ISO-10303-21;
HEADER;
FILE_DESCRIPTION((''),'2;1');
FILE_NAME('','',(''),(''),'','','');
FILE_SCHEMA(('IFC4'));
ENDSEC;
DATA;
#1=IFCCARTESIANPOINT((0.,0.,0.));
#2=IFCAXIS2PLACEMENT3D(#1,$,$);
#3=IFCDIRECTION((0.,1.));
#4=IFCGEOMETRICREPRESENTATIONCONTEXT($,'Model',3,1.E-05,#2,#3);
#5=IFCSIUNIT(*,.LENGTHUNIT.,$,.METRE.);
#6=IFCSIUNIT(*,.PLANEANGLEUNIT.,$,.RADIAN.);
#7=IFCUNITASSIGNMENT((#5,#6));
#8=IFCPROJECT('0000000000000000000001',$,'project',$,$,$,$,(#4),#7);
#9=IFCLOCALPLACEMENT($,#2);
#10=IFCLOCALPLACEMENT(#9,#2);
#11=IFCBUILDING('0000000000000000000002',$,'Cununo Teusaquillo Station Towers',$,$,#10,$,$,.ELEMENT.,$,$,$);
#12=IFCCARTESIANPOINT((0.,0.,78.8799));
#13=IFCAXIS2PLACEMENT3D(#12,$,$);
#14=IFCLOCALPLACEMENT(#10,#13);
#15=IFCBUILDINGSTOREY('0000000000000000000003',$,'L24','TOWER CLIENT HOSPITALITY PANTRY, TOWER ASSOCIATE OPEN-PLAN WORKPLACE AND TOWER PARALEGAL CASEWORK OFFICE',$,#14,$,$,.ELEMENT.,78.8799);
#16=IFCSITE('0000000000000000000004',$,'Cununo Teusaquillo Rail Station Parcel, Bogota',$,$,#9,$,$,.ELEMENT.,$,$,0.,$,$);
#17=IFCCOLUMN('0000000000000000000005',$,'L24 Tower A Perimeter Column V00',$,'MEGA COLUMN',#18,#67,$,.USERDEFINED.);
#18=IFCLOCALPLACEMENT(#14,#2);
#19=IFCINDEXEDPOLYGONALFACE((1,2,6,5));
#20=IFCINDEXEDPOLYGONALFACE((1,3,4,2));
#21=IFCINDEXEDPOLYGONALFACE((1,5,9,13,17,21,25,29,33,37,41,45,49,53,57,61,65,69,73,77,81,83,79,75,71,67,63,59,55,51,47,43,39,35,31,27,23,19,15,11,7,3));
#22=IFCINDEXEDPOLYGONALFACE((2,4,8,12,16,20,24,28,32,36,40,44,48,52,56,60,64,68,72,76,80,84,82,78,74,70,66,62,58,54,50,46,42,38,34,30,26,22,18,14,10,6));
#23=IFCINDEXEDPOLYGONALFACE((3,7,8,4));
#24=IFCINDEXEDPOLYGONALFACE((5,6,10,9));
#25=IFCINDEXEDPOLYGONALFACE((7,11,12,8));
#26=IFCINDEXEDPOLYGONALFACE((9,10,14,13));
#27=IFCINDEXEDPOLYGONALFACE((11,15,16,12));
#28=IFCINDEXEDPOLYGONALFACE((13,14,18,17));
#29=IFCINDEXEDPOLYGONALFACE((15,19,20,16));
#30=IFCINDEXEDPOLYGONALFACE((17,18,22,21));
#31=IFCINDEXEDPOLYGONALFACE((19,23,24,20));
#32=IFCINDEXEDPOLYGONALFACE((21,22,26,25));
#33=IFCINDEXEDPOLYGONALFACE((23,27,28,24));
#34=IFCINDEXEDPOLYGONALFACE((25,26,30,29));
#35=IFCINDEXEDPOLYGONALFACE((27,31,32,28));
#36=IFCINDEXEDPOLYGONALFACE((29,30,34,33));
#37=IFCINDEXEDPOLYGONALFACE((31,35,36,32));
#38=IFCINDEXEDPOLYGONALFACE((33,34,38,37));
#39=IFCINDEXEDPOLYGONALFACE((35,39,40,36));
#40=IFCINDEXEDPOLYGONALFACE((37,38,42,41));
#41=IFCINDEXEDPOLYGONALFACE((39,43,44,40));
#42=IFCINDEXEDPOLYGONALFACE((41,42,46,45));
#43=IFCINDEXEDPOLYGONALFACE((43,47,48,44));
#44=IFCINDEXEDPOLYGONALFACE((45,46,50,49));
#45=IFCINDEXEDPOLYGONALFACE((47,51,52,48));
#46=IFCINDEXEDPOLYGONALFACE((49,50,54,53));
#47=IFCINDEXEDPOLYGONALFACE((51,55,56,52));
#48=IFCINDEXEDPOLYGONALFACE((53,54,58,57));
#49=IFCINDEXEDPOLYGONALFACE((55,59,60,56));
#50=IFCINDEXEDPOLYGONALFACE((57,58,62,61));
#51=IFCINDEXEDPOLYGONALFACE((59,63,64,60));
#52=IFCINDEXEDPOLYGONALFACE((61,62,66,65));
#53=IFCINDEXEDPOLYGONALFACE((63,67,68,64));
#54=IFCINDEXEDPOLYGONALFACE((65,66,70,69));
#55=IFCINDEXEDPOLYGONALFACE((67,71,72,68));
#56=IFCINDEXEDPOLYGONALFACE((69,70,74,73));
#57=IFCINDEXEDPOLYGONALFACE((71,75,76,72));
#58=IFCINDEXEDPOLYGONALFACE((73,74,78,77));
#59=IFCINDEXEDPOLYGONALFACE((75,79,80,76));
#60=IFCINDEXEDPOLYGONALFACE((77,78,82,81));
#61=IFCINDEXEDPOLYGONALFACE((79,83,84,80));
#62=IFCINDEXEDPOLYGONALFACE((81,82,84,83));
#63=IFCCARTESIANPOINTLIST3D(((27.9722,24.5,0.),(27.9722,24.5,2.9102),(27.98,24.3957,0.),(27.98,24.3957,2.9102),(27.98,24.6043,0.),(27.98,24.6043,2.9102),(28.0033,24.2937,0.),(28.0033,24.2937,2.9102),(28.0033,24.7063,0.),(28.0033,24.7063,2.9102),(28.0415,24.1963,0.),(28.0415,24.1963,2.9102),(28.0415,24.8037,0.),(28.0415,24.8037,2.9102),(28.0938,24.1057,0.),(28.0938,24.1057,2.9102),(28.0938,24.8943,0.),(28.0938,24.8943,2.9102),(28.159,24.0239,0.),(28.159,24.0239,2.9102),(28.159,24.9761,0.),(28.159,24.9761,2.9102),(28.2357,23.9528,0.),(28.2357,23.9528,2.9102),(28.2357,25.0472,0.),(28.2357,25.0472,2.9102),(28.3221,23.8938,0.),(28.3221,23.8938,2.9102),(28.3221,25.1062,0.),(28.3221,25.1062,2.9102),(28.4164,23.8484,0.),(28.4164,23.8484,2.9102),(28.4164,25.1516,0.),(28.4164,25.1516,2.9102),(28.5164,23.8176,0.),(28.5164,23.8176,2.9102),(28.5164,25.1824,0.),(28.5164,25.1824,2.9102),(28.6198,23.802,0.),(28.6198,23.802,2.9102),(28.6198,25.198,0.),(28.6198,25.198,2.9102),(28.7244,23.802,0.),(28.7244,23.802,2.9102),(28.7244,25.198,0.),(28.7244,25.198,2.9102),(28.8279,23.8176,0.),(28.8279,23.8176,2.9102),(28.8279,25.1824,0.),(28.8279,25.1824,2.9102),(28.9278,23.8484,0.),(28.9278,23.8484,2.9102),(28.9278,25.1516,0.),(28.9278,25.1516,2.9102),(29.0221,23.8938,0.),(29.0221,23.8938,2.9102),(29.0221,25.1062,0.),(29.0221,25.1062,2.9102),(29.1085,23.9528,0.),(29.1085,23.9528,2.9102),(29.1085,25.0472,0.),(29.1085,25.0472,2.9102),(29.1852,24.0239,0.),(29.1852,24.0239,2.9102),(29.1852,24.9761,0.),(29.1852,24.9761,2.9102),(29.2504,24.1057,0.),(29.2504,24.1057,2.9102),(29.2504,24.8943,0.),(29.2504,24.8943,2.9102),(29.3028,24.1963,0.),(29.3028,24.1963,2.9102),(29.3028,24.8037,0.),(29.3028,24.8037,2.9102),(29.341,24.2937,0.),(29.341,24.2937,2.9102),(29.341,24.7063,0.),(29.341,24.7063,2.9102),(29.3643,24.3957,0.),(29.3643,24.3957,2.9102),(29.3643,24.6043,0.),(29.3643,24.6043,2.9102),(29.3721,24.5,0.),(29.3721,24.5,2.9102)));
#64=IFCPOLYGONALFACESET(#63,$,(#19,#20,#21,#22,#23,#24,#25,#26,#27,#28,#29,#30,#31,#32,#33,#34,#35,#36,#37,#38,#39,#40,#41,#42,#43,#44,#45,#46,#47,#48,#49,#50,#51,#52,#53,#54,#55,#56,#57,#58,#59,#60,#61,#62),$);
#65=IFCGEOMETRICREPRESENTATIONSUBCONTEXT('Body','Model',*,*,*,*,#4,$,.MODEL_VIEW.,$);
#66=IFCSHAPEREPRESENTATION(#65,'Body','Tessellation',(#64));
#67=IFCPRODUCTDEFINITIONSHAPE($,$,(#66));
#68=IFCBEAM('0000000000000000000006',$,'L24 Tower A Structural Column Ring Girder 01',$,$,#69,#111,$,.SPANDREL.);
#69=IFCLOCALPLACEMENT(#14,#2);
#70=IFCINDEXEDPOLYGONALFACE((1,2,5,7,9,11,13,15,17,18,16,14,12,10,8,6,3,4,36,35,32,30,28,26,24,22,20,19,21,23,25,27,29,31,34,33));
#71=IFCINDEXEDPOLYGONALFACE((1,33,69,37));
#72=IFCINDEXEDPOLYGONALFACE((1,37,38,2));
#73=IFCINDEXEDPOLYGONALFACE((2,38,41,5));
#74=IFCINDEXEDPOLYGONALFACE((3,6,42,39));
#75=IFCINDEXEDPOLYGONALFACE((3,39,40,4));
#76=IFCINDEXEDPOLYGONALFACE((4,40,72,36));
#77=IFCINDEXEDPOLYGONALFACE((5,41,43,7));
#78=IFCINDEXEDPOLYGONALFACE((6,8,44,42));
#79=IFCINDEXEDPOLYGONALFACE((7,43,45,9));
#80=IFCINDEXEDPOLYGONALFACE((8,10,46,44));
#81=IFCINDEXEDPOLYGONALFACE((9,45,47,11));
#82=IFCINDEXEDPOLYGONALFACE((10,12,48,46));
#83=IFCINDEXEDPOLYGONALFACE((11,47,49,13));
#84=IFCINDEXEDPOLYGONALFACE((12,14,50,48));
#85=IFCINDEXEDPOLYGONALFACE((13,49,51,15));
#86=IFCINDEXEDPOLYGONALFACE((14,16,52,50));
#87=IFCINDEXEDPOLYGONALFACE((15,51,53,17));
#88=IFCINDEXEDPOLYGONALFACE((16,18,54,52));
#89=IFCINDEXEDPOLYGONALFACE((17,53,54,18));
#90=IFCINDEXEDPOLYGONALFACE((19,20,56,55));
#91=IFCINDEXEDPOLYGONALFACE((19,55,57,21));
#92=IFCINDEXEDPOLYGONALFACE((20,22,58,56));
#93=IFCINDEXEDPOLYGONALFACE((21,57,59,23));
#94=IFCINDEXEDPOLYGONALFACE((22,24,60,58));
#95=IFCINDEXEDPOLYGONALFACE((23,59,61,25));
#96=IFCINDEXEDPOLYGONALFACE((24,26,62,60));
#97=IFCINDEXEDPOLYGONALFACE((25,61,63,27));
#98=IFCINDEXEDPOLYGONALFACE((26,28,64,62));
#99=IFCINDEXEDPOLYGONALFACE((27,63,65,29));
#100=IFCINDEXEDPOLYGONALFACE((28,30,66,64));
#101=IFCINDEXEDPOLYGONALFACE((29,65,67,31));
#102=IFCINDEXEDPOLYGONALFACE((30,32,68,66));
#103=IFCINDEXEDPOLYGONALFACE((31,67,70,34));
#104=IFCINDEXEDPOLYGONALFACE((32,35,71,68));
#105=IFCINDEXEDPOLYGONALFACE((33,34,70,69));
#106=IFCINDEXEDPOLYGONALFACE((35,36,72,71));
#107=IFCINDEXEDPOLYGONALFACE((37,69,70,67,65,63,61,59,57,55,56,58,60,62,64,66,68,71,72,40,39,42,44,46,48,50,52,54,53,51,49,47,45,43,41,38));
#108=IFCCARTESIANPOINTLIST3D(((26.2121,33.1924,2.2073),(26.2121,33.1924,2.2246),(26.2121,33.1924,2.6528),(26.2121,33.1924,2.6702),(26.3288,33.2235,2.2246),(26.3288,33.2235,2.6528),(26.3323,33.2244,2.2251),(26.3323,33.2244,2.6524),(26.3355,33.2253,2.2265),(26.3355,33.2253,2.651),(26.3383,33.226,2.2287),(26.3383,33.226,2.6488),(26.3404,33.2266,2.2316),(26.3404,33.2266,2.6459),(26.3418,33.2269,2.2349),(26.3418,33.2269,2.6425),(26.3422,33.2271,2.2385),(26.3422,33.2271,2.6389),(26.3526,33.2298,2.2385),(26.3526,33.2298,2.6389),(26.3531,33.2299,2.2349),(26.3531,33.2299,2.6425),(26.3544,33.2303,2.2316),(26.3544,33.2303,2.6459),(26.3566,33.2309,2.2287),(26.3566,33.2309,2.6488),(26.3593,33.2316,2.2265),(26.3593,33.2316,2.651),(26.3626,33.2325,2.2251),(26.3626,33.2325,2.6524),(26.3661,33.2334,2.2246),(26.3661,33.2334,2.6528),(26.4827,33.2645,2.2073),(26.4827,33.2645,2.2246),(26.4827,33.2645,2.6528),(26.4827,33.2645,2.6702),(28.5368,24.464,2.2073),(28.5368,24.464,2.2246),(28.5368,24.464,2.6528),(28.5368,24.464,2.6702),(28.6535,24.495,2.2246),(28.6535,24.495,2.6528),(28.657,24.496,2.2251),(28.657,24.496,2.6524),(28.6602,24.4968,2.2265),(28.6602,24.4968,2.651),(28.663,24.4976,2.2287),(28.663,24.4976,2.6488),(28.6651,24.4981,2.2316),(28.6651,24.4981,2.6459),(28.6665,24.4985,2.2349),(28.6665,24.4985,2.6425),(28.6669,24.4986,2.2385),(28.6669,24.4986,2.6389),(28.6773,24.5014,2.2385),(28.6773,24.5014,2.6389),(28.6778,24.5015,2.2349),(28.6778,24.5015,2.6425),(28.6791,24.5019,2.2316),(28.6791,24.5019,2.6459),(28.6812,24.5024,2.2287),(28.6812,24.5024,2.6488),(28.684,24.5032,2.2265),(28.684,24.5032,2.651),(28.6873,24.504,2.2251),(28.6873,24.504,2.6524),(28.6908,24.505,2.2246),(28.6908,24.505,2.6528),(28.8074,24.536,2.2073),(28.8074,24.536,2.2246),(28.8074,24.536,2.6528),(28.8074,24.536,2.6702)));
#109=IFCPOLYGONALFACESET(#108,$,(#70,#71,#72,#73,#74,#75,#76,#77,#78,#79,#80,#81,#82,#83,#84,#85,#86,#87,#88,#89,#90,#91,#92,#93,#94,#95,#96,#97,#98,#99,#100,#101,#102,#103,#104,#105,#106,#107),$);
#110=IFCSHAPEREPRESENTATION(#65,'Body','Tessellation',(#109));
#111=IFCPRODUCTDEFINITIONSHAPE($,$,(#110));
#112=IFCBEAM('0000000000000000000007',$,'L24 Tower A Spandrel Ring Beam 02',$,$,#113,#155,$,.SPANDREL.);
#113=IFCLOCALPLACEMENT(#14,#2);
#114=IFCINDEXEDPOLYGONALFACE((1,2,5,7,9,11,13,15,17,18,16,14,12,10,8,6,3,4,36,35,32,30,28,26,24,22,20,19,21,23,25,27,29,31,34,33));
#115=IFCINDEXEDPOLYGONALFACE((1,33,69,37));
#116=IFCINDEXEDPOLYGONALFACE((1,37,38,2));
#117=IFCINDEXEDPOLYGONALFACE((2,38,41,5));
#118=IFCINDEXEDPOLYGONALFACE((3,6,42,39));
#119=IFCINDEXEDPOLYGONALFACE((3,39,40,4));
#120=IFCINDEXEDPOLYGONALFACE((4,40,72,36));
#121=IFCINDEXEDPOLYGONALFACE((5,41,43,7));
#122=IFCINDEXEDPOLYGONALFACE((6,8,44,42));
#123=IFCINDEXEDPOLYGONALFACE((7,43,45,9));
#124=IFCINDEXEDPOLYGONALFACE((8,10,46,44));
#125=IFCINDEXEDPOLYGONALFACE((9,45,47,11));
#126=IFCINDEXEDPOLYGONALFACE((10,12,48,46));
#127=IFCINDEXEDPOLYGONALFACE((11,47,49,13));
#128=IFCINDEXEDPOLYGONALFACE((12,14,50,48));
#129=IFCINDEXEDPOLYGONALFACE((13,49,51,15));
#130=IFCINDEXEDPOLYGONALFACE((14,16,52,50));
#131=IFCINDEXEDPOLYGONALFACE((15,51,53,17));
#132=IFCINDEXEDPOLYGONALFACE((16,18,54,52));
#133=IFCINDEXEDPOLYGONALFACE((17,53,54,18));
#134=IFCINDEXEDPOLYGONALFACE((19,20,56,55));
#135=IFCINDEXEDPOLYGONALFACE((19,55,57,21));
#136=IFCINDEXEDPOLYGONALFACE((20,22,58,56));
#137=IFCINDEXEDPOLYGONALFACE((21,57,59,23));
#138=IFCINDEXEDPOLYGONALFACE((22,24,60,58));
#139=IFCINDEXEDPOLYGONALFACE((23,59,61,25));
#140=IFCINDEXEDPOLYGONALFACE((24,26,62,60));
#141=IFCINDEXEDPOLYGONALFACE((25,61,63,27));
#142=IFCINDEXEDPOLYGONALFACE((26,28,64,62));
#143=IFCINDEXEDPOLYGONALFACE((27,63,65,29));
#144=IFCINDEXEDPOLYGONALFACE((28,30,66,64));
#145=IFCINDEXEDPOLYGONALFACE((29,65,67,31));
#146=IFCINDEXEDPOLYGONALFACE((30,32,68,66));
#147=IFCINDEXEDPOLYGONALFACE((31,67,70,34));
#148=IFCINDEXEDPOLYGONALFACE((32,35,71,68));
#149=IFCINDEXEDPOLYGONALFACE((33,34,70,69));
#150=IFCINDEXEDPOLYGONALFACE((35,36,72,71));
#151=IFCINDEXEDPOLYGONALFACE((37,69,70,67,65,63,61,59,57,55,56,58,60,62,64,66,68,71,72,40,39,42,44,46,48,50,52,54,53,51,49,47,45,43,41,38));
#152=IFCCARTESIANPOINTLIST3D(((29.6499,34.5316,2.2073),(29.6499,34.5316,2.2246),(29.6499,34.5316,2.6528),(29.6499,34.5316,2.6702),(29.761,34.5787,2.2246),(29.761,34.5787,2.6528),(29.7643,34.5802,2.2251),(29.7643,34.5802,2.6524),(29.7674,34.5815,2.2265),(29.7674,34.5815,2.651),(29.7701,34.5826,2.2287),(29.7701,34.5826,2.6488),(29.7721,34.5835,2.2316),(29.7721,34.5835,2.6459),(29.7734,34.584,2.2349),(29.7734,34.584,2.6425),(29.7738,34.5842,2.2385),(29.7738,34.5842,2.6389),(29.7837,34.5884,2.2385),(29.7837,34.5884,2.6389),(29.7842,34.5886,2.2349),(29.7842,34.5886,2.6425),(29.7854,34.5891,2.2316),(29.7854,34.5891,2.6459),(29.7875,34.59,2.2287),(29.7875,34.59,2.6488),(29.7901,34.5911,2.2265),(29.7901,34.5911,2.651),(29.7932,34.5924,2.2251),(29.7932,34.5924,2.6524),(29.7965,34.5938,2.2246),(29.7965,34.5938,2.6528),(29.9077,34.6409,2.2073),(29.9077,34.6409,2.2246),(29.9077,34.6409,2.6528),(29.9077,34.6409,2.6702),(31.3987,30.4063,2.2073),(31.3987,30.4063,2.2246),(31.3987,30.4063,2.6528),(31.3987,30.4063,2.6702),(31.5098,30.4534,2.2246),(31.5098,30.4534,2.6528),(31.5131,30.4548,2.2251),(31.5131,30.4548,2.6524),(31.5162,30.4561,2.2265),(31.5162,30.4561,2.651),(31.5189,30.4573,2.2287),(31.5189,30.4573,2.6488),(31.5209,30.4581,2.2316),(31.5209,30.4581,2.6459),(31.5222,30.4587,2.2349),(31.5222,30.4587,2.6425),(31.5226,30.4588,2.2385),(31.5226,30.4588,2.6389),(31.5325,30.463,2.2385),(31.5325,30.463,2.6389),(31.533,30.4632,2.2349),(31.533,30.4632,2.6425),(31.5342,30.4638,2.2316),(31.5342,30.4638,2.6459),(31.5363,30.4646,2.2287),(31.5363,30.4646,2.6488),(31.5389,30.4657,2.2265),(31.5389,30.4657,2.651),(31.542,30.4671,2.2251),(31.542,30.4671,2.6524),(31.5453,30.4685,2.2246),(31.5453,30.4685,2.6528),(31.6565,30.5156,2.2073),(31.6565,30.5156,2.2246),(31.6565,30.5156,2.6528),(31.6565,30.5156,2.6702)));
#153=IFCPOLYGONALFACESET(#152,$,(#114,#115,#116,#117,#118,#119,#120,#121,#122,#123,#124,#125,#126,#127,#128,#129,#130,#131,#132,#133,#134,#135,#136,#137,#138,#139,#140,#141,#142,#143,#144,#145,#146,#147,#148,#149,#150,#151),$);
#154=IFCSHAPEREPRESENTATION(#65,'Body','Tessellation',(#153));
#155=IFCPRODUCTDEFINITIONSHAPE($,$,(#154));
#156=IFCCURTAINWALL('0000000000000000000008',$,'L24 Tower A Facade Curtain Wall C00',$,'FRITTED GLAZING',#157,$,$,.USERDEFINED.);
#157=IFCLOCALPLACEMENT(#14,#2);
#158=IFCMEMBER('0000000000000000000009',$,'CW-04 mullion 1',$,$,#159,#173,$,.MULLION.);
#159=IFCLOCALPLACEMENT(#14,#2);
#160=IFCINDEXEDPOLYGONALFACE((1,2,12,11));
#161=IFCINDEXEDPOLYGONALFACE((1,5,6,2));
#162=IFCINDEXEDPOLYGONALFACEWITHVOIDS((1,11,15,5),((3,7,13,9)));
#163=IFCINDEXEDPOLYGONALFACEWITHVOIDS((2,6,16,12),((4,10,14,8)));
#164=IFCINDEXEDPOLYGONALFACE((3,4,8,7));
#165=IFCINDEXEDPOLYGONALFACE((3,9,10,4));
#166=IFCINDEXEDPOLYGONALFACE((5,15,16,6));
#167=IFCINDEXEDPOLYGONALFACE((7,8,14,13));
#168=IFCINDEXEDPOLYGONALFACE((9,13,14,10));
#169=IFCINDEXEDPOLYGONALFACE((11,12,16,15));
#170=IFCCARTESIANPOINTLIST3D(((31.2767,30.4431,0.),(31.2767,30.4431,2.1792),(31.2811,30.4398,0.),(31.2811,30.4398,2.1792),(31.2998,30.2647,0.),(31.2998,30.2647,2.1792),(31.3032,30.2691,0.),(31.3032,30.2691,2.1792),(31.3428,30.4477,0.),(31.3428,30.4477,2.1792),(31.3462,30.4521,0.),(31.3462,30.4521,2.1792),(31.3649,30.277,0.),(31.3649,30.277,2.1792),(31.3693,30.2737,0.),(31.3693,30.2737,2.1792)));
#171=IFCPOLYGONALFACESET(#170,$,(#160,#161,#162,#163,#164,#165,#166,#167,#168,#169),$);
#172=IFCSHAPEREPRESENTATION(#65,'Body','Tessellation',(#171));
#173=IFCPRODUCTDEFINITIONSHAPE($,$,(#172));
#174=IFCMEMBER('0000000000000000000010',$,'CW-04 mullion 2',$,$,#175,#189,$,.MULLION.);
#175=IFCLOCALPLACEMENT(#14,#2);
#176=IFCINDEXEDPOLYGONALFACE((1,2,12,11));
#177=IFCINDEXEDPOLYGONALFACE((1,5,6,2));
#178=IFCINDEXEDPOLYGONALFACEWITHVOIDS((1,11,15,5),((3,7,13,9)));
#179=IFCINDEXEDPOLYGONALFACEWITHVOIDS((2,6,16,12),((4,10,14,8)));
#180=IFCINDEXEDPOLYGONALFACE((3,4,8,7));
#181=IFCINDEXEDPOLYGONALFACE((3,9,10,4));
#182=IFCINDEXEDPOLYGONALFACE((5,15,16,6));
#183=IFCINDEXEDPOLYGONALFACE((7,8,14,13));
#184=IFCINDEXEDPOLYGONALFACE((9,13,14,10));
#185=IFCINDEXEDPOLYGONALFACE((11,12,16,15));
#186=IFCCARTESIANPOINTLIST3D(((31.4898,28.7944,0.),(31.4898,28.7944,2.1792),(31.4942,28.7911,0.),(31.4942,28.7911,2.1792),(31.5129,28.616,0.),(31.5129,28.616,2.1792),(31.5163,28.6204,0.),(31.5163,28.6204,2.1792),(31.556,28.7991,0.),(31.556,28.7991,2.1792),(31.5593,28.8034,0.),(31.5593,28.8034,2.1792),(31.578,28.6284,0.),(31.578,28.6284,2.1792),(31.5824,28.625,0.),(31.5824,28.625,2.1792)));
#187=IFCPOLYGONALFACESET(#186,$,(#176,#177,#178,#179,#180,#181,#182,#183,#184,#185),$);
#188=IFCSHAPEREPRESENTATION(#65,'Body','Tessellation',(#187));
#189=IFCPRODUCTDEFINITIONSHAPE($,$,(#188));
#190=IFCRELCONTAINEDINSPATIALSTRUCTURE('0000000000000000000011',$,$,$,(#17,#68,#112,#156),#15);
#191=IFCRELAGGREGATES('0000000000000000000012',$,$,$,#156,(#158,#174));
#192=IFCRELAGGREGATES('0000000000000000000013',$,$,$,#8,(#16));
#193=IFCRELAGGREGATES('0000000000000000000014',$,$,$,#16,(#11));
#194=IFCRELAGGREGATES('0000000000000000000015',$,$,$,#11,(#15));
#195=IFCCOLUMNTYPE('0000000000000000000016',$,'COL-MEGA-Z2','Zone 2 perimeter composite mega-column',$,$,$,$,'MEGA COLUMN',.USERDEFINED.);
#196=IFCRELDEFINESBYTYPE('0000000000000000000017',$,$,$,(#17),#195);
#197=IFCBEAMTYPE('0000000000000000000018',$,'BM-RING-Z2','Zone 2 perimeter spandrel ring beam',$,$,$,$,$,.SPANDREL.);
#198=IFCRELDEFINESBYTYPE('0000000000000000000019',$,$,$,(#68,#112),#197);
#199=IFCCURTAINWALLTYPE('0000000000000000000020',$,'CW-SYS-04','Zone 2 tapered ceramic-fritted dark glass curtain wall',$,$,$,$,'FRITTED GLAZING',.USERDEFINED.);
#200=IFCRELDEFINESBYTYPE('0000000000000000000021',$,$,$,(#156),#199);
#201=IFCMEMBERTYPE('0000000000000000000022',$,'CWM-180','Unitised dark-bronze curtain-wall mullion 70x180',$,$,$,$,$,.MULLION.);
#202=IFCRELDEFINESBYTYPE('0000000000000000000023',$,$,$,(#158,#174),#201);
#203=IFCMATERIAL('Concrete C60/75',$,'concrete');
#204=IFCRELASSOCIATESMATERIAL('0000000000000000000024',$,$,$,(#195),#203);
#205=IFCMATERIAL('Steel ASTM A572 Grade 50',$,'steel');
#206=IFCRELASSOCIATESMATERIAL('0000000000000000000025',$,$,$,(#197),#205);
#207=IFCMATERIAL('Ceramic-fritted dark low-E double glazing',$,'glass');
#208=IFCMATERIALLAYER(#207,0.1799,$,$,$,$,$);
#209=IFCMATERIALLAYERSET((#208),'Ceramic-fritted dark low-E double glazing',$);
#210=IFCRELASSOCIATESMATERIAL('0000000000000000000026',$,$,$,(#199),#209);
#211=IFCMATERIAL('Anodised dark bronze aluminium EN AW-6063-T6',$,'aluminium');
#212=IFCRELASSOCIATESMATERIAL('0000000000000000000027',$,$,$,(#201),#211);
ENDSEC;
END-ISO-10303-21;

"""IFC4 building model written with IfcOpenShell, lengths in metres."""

from ifc_helpers import new_model, si_unit, direction, frame, origin, origin_2d, place, context, subcontext, project, spatial, hollow_rectangle, circle, i_section, extrude, material, layer, layer_set, material_profile, profile_set, type_object, element, aggregate, save


model = new_model("IFC4")

# Units and contexts
model_context = context("Model", 3, precision=1e-05, world=origin(), true_north=direction((0.0, 1.0)))
body_context = subcontext(model_context, "Body", "Model", "MODEL_VIEW")
ifc_project = project(units=[si_unit("LENGTHUNIT", "METRE"), si_unit("PLANEANGLEUNIT", "RADIAN")], contexts=[model_context])

# Site, building, storey
site_placement = place(None, origin())
site = spatial("IfcSite", under=ifc_project, at=site_placement, Name="Cununo Teusaquillo Rail Station Parcel, Bogota", CompositionType="ELEMENT", RefElevation=0.0)
building_placement = place(site_placement, origin())
building = spatial("IfcBuilding", under=site, at=building_placement, Name="Cununo Teusaquillo Station Towers", CompositionType="ELEMENT")
storey_placement = place(building_placement, frame((0.0, 0.0, 78.8799)))
storey = spatial("IfcBuildingStorey", under=building, at=storey_placement, Name="L24", Description="TOWER CLIENT HOSPITALITY PANTRY, TOWER ASSOCIATE OPEN-PLAN WORKPLACE AND TOWER PARALEGAL CASEWORK OFFICE", CompositionType="ELEMENT", Elevation=78.8799)

# Column
ifc_material_1 = material(Name="Concrete C60/75", Category="concrete")
ifc_material_profile_1 = material_profile(ifc_material_1, circle(Radius=0.7, at=origin_2d()), Name="RC-CIRC-1400")
ifc_profile_set_1 = profile_set([ifc_material_profile_1], Name="Concrete C60/75")
column_type = type_object("IfcColumnType", Name="COL-MEGA-Z2", Description="Zone 2 perimeter composite mega-column", ElementType="MEGA COLUMN", PredefinedType="USERDEFINED", material=ifc_profile_set_1)
column_placement = place(storey_placement, frame((28.6721, 24.5, 0.0), z_axis=(0.0, 0.0, 1.0), x_axis=(1.0, 0.0, 0.0)))
element("IfcColumn", 1, at=column_placement, inside=storey, type_object=column_type, Name="L24 Tower A Perimeter Column V00", ObjectType="MEGA COLUMN", PredefinedType="USERDEFINED", context=body_context, shape_type="SweptSolid", body=[
    extrude(circle(Radius=0.7, at=origin_2d()), origin(), (0.0, 0.0, 1.0), 2.9102),
])

# Beams
ifc_material_2 = material(Name="Steel ASTM A572 Grade 50", Category="steel")
ifc_material_profile_2 = material_profile(ifc_material_2, i_section(OverallWidth=0.28, OverallDepth=0.4629, WebThickness=0.0107, FlangeThickness=0.0173, FilletRadius=0.0139, at=origin_2d()), Name="W18X76")
ifc_profile_set_2 = profile_set([ifc_material_profile_2], Name="Steel ASTM A572 Grade 50")
beam_type = type_object("IfcBeamType", Name="BM-RING-Z2", Description="Zone 2 perimeter spandrel ring beam", PredefinedType="SPANDREL", material=ifc_profile_set_2)
beam_1_placement = place(storey_placement, frame((28.6721, 24.5, 2.4387), z_axis=(-0.257363, 0.966315, 0.0), x_axis=(-0.966315, -0.257363, 0.0)))
element("IfcBeam", 2, at=beam_1_placement, inside=storey, type_object=beam_type, Name="L24 Tower A Structural Column Ring Girder 01", PredefinedType="SPANDREL", context=body_context, shape_type="SweptSolid", body=[
    extrude(i_section(OverallWidth=0.28, OverallDepth=0.4629, WebThickness=0.0107, FlangeThickness=0.0173, FilletRadius=0.0139, at=origin_2d()), origin(), (0.0, 0.0, 1.0), 9.0327),
])
beam_2_placement = place(storey_placement, frame((31.5276, 30.4609, 2.4387), z_axis=(-0.390299, 0.920688, 0.0), x_axis=(-0.920688, -0.390299, 0.0)))
element("IfcBeam", 3, at=beam_2_placement, inside=storey, type_object=beam_type, Name="L24 Tower A Spandrel Ring Beam 02", PredefinedType="SPANDREL", context=body_context, shape_type="SweptSolid", body=[
    extrude(i_section(OverallWidth=0.28, OverallDepth=0.4629, WebThickness=0.0107, FlangeThickness=0.0173, FilletRadius=0.0139, at=origin_2d()), origin(), (0.0, 0.0, 1.0), 4.4807),
])

# Curtain wall, members
ifc_material_3 = material(Name="Ceramic-fritted dark low-E double glazing", Category="glass")
ifc_layer_1 = layer(ifc_material_3, 0.1799)
ifc_layer_set_1 = layer_set([ifc_layer_1], Name="Ceramic-fritted dark low-E double glazing")
curtain_wall_type = type_object("IfcCurtainWallType", Name="CW-SYS-04", Description="Zone 2 tapered ceramic-fritted dark glass curtain wall", ElementType="FRITTED GLAZING", PredefinedType="USERDEFINED", material=ifc_layer_set_1)
curtain_wall_placement = place(storey_placement, origin())
curtain_wall = element("IfcCurtainWall", 4, at=curtain_wall_placement, inside=storey, type_object=curtain_wall_type, Name="L24 Tower A Facade Curtain Wall C00", ObjectType="FRITTED GLAZING", PredefinedType="USERDEFINED")
ifc_material_4 = material(Name="Anodised dark bronze aluminium EN AW-6063-T6", Category="aluminium")
ifc_material_profile_3 = material_profile(ifc_material_4, hollow_rectangle(XDim=0.0701, YDim=0.1799, WallThickness=0.0039, at=origin_2d()), Name="CW-MULL-70x180")
ifc_profile_set_3 = profile_set([ifc_material_profile_3], Name="Anodised dark bronze aluminium EN AW-6063-T6")
member_type_1 = type_object("IfcMemberType", Name="CWM-180", Description="Unitised dark-bronze curtain-wall mullion 70x180", PredefinedType="MULLION", material=ifc_profile_set_3)
member_1_placement = place(storey_placement, frame((31.323, 30.3584, 0.0), z_axis=(0.0, 0.0, 1.0), x_axis=(0.991731, 0.128336, 0.0)))
member_1 = element("IfcMember", 5, at=member_1_placement, type_object=member_type_1, Name="CW-04 mullion 1", PredefinedType="MULLION", context=body_context, shape_type="SweptSolid", body=[
    extrude(hollow_rectangle(XDim=0.0701, YDim=0.1799, WallThickness=0.0039, at=origin_2d()), origin(), (0.0, 0.0, 1.0), 2.1792),
])
member_2_placement = place(storey_placement, frame((31.5361, 28.7097, 0.0), z_axis=(0.0, 0.0, 1.0), x_axis=(0.991731, 0.128336, 0.0)))
member_2 = element("IfcMember", 6, at=member_2_placement, type_object=member_type_1, Name="CW-04 mullion 2", PredefinedType="MULLION", context=body_context, shape_type="SweptSolid", body=[
    extrude(hollow_rectangle(XDim=0.0701, YDim=0.1799, WallThickness=0.0039, at=origin_2d()), origin(), (0.0, 0.0, 1.0), 2.1792),
])
aggregate(curtain_wall, [member_1, member_2])

save(model, "model.ifc")
